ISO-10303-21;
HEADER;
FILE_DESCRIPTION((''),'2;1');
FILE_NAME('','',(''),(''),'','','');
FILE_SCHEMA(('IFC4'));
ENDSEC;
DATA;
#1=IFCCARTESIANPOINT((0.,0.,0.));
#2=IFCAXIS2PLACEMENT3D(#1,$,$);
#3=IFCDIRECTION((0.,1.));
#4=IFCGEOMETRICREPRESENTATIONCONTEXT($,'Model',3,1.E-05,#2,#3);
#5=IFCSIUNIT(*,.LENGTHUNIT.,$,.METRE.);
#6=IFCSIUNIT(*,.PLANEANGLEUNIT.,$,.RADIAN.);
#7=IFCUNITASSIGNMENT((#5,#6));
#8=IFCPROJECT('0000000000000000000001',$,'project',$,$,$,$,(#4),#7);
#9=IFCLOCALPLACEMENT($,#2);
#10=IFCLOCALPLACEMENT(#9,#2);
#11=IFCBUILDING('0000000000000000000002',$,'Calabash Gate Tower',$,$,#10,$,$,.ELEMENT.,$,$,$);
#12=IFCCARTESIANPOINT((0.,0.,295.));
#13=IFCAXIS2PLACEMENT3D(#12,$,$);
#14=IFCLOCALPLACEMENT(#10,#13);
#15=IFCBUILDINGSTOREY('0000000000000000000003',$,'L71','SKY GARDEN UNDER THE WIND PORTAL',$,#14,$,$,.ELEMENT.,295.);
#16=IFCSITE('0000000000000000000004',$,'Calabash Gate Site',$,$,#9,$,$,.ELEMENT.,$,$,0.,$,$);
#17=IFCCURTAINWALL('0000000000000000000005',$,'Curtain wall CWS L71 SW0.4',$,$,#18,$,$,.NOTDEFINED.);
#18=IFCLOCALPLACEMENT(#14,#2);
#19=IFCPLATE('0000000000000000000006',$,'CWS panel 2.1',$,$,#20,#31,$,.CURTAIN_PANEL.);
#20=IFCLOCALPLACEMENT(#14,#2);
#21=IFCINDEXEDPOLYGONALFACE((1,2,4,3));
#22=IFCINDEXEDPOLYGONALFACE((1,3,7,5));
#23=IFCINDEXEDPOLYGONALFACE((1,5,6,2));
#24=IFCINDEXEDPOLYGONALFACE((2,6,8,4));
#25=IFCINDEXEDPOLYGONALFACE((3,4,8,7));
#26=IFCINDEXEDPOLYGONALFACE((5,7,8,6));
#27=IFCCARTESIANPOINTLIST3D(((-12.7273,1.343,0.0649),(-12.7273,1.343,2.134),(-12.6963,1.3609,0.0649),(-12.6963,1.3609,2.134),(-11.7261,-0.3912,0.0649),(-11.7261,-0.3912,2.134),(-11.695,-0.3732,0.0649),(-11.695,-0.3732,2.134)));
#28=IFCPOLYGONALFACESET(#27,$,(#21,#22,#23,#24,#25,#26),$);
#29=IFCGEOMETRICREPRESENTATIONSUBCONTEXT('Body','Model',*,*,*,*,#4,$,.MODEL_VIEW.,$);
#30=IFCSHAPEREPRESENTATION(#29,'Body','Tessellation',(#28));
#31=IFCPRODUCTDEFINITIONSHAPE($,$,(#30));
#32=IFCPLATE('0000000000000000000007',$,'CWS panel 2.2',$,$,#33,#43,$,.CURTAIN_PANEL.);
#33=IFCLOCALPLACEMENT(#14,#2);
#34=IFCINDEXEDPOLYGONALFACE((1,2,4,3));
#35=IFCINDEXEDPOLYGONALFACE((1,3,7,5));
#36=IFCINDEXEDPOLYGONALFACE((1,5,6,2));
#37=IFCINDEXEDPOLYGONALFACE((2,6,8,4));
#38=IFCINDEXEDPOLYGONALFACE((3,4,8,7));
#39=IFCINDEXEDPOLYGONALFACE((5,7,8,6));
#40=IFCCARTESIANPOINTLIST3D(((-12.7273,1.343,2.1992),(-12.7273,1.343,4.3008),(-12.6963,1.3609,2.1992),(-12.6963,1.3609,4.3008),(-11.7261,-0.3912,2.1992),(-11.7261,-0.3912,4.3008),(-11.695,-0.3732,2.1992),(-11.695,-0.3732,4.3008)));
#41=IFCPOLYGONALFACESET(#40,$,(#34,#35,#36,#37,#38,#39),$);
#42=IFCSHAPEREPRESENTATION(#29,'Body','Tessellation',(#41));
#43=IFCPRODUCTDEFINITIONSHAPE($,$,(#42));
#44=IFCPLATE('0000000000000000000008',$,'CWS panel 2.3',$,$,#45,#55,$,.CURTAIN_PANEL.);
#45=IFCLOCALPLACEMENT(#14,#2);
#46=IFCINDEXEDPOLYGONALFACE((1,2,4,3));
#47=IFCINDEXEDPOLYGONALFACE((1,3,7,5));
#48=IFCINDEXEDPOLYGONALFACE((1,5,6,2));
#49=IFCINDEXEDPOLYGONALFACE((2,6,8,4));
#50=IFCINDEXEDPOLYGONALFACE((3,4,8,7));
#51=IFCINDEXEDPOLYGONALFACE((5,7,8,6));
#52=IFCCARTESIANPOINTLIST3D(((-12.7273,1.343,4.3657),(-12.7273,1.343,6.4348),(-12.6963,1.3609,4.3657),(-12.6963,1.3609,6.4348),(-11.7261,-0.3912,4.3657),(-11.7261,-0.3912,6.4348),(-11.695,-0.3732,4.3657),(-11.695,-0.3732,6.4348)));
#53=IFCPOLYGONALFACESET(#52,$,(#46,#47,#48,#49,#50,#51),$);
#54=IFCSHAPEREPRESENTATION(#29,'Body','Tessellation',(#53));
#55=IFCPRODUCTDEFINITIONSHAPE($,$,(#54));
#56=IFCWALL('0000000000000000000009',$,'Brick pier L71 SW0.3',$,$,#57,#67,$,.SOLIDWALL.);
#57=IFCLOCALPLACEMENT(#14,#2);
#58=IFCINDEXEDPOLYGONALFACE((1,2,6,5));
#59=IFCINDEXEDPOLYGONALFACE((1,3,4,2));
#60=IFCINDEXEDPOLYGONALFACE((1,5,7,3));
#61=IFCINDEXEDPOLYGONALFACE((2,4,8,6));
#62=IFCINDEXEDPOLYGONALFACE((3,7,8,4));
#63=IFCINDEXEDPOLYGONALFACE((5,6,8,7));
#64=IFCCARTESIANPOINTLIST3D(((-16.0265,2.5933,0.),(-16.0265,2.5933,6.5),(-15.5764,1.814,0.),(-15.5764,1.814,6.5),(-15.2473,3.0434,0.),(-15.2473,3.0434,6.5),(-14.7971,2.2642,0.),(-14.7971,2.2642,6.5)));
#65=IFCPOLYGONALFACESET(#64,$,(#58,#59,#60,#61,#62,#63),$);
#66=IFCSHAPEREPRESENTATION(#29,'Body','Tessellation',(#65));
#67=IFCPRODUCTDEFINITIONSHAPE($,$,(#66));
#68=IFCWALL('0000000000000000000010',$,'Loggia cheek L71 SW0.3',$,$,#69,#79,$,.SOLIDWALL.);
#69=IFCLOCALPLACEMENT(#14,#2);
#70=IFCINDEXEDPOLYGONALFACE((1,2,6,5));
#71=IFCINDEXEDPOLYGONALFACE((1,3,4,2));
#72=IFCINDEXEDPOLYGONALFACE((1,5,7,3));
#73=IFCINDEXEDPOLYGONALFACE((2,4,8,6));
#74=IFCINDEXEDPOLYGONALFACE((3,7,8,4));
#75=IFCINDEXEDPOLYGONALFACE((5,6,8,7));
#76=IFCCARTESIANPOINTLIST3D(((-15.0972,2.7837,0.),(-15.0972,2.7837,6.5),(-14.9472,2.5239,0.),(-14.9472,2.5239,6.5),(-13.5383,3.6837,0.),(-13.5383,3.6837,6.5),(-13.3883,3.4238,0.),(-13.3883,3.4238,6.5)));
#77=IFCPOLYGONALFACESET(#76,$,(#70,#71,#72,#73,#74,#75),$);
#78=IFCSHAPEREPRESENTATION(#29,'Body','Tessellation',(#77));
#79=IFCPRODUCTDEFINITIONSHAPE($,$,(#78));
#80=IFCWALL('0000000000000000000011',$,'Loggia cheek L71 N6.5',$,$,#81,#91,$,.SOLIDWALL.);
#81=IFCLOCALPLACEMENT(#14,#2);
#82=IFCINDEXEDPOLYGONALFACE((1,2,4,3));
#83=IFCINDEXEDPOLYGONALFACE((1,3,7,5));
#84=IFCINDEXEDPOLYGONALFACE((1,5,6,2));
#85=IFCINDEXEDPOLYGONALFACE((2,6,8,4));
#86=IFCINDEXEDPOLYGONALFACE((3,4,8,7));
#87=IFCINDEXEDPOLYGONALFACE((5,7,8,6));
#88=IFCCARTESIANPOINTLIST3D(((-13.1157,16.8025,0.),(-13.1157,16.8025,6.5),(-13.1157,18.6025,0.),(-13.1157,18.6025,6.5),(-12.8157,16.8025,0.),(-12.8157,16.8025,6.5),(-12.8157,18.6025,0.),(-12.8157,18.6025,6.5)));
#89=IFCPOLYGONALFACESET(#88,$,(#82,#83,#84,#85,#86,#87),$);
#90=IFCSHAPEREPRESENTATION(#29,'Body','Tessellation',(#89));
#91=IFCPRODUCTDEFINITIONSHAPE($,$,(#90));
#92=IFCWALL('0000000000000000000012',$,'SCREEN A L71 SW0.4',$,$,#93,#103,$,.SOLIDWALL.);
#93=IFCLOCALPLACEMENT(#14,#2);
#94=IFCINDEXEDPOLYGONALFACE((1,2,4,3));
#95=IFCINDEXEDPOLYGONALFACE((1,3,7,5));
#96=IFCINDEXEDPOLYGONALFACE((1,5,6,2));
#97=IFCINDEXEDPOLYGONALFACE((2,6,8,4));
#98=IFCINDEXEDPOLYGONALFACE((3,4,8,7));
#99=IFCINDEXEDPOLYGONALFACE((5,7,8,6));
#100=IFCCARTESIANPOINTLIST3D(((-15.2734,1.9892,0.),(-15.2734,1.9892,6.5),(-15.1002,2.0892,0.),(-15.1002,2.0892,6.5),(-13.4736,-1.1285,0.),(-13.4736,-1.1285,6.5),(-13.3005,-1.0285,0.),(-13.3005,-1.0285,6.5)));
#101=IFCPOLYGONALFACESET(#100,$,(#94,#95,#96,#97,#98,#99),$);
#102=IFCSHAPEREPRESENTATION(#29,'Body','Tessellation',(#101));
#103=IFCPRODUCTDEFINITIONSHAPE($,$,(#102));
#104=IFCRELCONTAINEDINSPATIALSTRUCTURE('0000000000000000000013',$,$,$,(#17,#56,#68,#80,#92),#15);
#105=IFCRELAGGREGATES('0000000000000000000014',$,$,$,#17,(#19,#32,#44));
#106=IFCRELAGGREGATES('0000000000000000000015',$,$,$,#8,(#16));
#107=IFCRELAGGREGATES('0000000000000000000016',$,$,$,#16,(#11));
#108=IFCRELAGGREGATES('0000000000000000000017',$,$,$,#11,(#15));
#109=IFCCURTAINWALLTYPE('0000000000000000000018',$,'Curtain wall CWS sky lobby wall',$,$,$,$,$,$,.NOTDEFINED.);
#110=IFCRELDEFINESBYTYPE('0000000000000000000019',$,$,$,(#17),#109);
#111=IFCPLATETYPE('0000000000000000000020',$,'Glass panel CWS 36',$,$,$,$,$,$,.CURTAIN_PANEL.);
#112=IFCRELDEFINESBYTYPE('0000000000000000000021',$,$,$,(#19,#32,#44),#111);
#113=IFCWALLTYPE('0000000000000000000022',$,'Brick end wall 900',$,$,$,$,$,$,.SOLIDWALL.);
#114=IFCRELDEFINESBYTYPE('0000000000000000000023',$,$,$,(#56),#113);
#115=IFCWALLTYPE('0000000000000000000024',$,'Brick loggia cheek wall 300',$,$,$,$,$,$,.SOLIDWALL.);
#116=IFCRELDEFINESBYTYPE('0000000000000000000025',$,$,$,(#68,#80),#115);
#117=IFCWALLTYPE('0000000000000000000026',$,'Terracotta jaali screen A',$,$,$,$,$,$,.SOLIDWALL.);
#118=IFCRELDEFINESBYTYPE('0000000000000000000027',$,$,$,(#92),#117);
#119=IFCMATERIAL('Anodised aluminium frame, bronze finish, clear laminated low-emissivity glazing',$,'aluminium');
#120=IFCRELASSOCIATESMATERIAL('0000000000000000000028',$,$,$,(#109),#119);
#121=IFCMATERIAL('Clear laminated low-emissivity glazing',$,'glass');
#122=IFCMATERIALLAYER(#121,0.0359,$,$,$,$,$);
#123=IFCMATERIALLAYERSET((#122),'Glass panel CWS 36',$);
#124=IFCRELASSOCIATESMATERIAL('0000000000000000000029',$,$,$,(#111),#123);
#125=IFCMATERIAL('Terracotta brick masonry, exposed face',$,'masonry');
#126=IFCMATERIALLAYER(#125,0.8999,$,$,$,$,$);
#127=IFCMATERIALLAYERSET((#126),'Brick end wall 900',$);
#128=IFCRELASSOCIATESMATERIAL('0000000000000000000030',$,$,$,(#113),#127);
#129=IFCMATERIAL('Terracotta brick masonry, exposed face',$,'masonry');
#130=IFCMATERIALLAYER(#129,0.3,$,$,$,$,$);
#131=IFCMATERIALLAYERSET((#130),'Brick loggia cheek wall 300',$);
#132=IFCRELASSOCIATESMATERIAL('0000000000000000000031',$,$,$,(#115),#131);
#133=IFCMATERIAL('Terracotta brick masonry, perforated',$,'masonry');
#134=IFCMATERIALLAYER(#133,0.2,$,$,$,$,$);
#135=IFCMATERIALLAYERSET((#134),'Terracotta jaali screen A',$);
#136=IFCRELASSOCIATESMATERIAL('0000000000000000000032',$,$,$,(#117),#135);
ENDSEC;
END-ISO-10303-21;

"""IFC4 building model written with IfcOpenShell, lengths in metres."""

from ifc_helpers import new_model, si_unit, direction, frame, frame_2d, origin, origin_2d, place, context, subcontext, project, spatial, polyline, rectangle, outline, extrude, material, layer, layer_set, type_object, element, aggregate, save


model = new_model("IFC4")

# Units and contexts
model_context = context("Model", 3, precision=1e-05, world=origin(), true_north=direction((0.0, 1.0)))
body_context = subcontext(model_context, "Body", "Model", "MODEL_VIEW")
ifc_project = project(units=[si_unit("LENGTHUNIT", "METRE"), si_unit("PLANEANGLEUNIT", "RADIAN")], contexts=[model_context])

# Site, building, storey
site_placement = place(None, origin())
site = spatial("IfcSite", under=ifc_project, at=site_placement, Name="Calabash Gate Site", CompositionType="ELEMENT", RefElevation=0.0)
building_placement = place(site_placement, origin())
building = spatial("IfcBuilding", under=site, at=building_placement, Name="Calabash Gate Tower", CompositionType="ELEMENT")
storey_placement = place(building_placement, frame((0.0, 0.0, 295.0)))
storey = spatial("IfcBuildingStorey", under=building, at=storey_placement, Name="L71", Description="SKY GARDEN UNDER THE WIND PORTAL", CompositionType="ELEMENT", Elevation=295.0)

# Shared definitions
ifc_material_1 = material(Name="Anodised aluminium frame, bronze finish, clear laminated low-emissivity glazing", Category="aluminium")
curtain_wall_type = type_object("IfcCurtainWallType", Name="Curtain wall CWS sky lobby wall", PredefinedType="NOTDEFINED", material=ifc_material_1)

# Curtain wall
curtain_wall_1_placement = place(storey_placement, origin())
curtain_wall_1 = element("IfcCurtainWall", 1, at=curtain_wall_1_placement, inside=storey, type_object=curtain_wall_type, Name="Curtain wall CWS L71 SW0.4", PredefinedType="NOTDEFINED")

# Plates
ifc_material_2 = material(Name="Clear laminated low-emissivity glazing", Category="glass")
ifc_layer_1 = layer(ifc_material_2, 0.0359)
ifc_layer_set_1 = layer_set([ifc_layer_1], Name="Glass panel CWS 36")
plate_type = type_object("IfcPlateType", Name="Glass panel CWS 36", PredefinedType="CURTAIN_PANEL", material=ifc_layer_set_1)
plate_1_placement = place(storey_placement, frame((-12.2112, 0.4849, 0.0649), z_axis=(0.0, 0.0, 1.0), x_axis=(0.5, -0.866025, 0.0)))
plate_1 = element("IfcPlate", 2, at=plate_1_placement, type_object=plate_type, Name="CWS panel 2.1", PredefinedType="CURTAIN_PANEL", context=body_context, shape_type="SweptSolid", body=[
    extrude(rectangle(XDim=2.0024, YDim=0.0359, at=origin_2d()), origin(), (0.0, 0.0, 1.0), 2.0691),
])
plate_2_placement = place(storey_placement, frame((-12.2112, 0.4849, 2.1992), z_axis=(0.0, 0.0, 1.0), x_axis=(0.5, -0.866025, 0.0)))
plate_2 = element("IfcPlate", 3, at=plate_2_placement, type_object=plate_type, Name="CWS panel 2.2", PredefinedType="CURTAIN_PANEL", context=body_context, shape_type="SweptSolid", body=[
    extrude(rectangle(XDim=2.0024, YDim=0.0359, at=origin_2d()), origin(), (0.0, 0.0, 1.0), 2.1016),
])
plate_3_placement = place(storey_placement, frame((-12.2112, 0.4849, 4.3657), z_axis=(0.0, 0.0, 1.0), x_axis=(0.5, -0.866025, 0.0)))
plate_3 = element("IfcPlate", 4, at=plate_3_placement, type_object=plate_type, Name="CWS panel 2.3", PredefinedType="CURTAIN_PANEL", context=body_context, shape_type="SweptSolid", body=[
    extrude(rectangle(XDim=2.0024, YDim=0.0359, at=origin_2d()), origin(), (0.0, 0.0, 1.0), 2.0691),
])
aggregate(curtain_wall_1, [plate_1, plate_2, plate_3])

# Walls
ifc_material_3 = material(Name="Terracotta brick masonry, exposed face", Category="masonry")
ifc_layer_2 = layer(ifc_material_3, 0.8999)
ifc_layer_set_2 = layer_set([ifc_layer_2], Name="Brick end wall 900")
wall_type_1 = type_object("IfcWallType", Name="Brick end wall 900", PredefinedType="SOLIDWALL", material=ifc_layer_set_2)
wall_1_placement = place(storey_placement, frame((-15.0222, 2.6538, 0.0), z_axis=(0.0, 0.0, 1.0), x_axis=(-0.865896, -0.500223, 0.0)))
element("IfcWall", 5, at=wall_1_placement, inside=storey, type_object=wall_type_1, Name="Brick pier L71 SW0.3", PredefinedType="SOLIDWALL", context=body_context, shape_type="SweptSolid", body=[
    extrude(rectangle(XDim=0.8999, YDim=0.8999, at=frame_2d((0.45, 0.0))), origin(), (0.0, 0.0, 1.0), 6.5),
])
ifc_material_4 = material(Name="Terracotta brick masonry, exposed face", Category="masonry")
ifc_layer_3 = layer(ifc_material_4, 0.3)
ifc_layer_set_3 = layer_set([ifc_layer_3], Name="Brick loggia cheek wall 300")
wall_type_2 = type_object("IfcWallType", Name="Brick loggia cheek wall 300", PredefinedType="SOLIDWALL", material=ifc_layer_set_3)
wall_2_placement = place(storey_placement, frame((-13.4634, 3.5537, 0.0), z_axis=(0.0, 0.0, 1.0), x_axis=(-0.866048, -0.499961, 0.0)))
element("IfcWall", 6, at=wall_2_placement, inside=storey, type_object=wall_type_2, Name="Loggia cheek L71 SW0.3", PredefinedType="SOLIDWALL", context=body_context, shape_type="SweptSolid", body=[
    extrude(rectangle(XDim=1.8, YDim=0.3, at=frame_2d((0.8999, 0.0))), origin(), (0.0, 0.0, 1.0), 6.5),
])
wall_3_placement = place(storey_placement, origin())
element("IfcWall", 7, at=wall_3_placement, inside=storey, type_object=wall_type_2, Name="Loggia cheek L71 N6.5", PredefinedType="SOLIDWALL", context=body_context, shape_type="SweptSolid", body=[
    extrude(outline(polyline([(-12.8157, 16.8025), (-12.8157, 18.6025), (-13.1157, 18.6025), (-13.1157, 16.8025), (-12.8157, 16.8025)])), origin(), (0.0, 0.0, 1.0), 6.5),
])
ifc_material_5 = material(Name="Terracotta brick masonry, perforated", Category="masonry")
ifc_layer_4 = layer(ifc_material_5, 0.2)
ifc_layer_set_4 = layer_set([ifc_layer_4], Name="Terracotta jaali screen A")
wall_type_3 = type_object("IfcWallType", Name="Terracotta jaali screen A", PredefinedType="SOLIDWALL", material=ifc_layer_set_4)
wall_4_placement = place(storey_placement, frame((-15.1868, 2.0391, 0.0), z_axis=(0.0, 0.0, 1.0), x_axis=(0.499961, -0.866048, 0.0)))
element("IfcWall", 8, at=wall_4_placement, inside=storey, type_object=wall_type_3, Name="SCREEN A L71 SW0.4", PredefinedType="SOLIDWALL", context=body_context, shape_type="SweptSolid", body=[
    extrude(rectangle(XDim=3.5999, YDim=0.2, at=frame_2d((1.7998, 0.0))), origin(), (0.0, 0.0, 1.0), 6.5),
])

save(model, "model.ifc")
